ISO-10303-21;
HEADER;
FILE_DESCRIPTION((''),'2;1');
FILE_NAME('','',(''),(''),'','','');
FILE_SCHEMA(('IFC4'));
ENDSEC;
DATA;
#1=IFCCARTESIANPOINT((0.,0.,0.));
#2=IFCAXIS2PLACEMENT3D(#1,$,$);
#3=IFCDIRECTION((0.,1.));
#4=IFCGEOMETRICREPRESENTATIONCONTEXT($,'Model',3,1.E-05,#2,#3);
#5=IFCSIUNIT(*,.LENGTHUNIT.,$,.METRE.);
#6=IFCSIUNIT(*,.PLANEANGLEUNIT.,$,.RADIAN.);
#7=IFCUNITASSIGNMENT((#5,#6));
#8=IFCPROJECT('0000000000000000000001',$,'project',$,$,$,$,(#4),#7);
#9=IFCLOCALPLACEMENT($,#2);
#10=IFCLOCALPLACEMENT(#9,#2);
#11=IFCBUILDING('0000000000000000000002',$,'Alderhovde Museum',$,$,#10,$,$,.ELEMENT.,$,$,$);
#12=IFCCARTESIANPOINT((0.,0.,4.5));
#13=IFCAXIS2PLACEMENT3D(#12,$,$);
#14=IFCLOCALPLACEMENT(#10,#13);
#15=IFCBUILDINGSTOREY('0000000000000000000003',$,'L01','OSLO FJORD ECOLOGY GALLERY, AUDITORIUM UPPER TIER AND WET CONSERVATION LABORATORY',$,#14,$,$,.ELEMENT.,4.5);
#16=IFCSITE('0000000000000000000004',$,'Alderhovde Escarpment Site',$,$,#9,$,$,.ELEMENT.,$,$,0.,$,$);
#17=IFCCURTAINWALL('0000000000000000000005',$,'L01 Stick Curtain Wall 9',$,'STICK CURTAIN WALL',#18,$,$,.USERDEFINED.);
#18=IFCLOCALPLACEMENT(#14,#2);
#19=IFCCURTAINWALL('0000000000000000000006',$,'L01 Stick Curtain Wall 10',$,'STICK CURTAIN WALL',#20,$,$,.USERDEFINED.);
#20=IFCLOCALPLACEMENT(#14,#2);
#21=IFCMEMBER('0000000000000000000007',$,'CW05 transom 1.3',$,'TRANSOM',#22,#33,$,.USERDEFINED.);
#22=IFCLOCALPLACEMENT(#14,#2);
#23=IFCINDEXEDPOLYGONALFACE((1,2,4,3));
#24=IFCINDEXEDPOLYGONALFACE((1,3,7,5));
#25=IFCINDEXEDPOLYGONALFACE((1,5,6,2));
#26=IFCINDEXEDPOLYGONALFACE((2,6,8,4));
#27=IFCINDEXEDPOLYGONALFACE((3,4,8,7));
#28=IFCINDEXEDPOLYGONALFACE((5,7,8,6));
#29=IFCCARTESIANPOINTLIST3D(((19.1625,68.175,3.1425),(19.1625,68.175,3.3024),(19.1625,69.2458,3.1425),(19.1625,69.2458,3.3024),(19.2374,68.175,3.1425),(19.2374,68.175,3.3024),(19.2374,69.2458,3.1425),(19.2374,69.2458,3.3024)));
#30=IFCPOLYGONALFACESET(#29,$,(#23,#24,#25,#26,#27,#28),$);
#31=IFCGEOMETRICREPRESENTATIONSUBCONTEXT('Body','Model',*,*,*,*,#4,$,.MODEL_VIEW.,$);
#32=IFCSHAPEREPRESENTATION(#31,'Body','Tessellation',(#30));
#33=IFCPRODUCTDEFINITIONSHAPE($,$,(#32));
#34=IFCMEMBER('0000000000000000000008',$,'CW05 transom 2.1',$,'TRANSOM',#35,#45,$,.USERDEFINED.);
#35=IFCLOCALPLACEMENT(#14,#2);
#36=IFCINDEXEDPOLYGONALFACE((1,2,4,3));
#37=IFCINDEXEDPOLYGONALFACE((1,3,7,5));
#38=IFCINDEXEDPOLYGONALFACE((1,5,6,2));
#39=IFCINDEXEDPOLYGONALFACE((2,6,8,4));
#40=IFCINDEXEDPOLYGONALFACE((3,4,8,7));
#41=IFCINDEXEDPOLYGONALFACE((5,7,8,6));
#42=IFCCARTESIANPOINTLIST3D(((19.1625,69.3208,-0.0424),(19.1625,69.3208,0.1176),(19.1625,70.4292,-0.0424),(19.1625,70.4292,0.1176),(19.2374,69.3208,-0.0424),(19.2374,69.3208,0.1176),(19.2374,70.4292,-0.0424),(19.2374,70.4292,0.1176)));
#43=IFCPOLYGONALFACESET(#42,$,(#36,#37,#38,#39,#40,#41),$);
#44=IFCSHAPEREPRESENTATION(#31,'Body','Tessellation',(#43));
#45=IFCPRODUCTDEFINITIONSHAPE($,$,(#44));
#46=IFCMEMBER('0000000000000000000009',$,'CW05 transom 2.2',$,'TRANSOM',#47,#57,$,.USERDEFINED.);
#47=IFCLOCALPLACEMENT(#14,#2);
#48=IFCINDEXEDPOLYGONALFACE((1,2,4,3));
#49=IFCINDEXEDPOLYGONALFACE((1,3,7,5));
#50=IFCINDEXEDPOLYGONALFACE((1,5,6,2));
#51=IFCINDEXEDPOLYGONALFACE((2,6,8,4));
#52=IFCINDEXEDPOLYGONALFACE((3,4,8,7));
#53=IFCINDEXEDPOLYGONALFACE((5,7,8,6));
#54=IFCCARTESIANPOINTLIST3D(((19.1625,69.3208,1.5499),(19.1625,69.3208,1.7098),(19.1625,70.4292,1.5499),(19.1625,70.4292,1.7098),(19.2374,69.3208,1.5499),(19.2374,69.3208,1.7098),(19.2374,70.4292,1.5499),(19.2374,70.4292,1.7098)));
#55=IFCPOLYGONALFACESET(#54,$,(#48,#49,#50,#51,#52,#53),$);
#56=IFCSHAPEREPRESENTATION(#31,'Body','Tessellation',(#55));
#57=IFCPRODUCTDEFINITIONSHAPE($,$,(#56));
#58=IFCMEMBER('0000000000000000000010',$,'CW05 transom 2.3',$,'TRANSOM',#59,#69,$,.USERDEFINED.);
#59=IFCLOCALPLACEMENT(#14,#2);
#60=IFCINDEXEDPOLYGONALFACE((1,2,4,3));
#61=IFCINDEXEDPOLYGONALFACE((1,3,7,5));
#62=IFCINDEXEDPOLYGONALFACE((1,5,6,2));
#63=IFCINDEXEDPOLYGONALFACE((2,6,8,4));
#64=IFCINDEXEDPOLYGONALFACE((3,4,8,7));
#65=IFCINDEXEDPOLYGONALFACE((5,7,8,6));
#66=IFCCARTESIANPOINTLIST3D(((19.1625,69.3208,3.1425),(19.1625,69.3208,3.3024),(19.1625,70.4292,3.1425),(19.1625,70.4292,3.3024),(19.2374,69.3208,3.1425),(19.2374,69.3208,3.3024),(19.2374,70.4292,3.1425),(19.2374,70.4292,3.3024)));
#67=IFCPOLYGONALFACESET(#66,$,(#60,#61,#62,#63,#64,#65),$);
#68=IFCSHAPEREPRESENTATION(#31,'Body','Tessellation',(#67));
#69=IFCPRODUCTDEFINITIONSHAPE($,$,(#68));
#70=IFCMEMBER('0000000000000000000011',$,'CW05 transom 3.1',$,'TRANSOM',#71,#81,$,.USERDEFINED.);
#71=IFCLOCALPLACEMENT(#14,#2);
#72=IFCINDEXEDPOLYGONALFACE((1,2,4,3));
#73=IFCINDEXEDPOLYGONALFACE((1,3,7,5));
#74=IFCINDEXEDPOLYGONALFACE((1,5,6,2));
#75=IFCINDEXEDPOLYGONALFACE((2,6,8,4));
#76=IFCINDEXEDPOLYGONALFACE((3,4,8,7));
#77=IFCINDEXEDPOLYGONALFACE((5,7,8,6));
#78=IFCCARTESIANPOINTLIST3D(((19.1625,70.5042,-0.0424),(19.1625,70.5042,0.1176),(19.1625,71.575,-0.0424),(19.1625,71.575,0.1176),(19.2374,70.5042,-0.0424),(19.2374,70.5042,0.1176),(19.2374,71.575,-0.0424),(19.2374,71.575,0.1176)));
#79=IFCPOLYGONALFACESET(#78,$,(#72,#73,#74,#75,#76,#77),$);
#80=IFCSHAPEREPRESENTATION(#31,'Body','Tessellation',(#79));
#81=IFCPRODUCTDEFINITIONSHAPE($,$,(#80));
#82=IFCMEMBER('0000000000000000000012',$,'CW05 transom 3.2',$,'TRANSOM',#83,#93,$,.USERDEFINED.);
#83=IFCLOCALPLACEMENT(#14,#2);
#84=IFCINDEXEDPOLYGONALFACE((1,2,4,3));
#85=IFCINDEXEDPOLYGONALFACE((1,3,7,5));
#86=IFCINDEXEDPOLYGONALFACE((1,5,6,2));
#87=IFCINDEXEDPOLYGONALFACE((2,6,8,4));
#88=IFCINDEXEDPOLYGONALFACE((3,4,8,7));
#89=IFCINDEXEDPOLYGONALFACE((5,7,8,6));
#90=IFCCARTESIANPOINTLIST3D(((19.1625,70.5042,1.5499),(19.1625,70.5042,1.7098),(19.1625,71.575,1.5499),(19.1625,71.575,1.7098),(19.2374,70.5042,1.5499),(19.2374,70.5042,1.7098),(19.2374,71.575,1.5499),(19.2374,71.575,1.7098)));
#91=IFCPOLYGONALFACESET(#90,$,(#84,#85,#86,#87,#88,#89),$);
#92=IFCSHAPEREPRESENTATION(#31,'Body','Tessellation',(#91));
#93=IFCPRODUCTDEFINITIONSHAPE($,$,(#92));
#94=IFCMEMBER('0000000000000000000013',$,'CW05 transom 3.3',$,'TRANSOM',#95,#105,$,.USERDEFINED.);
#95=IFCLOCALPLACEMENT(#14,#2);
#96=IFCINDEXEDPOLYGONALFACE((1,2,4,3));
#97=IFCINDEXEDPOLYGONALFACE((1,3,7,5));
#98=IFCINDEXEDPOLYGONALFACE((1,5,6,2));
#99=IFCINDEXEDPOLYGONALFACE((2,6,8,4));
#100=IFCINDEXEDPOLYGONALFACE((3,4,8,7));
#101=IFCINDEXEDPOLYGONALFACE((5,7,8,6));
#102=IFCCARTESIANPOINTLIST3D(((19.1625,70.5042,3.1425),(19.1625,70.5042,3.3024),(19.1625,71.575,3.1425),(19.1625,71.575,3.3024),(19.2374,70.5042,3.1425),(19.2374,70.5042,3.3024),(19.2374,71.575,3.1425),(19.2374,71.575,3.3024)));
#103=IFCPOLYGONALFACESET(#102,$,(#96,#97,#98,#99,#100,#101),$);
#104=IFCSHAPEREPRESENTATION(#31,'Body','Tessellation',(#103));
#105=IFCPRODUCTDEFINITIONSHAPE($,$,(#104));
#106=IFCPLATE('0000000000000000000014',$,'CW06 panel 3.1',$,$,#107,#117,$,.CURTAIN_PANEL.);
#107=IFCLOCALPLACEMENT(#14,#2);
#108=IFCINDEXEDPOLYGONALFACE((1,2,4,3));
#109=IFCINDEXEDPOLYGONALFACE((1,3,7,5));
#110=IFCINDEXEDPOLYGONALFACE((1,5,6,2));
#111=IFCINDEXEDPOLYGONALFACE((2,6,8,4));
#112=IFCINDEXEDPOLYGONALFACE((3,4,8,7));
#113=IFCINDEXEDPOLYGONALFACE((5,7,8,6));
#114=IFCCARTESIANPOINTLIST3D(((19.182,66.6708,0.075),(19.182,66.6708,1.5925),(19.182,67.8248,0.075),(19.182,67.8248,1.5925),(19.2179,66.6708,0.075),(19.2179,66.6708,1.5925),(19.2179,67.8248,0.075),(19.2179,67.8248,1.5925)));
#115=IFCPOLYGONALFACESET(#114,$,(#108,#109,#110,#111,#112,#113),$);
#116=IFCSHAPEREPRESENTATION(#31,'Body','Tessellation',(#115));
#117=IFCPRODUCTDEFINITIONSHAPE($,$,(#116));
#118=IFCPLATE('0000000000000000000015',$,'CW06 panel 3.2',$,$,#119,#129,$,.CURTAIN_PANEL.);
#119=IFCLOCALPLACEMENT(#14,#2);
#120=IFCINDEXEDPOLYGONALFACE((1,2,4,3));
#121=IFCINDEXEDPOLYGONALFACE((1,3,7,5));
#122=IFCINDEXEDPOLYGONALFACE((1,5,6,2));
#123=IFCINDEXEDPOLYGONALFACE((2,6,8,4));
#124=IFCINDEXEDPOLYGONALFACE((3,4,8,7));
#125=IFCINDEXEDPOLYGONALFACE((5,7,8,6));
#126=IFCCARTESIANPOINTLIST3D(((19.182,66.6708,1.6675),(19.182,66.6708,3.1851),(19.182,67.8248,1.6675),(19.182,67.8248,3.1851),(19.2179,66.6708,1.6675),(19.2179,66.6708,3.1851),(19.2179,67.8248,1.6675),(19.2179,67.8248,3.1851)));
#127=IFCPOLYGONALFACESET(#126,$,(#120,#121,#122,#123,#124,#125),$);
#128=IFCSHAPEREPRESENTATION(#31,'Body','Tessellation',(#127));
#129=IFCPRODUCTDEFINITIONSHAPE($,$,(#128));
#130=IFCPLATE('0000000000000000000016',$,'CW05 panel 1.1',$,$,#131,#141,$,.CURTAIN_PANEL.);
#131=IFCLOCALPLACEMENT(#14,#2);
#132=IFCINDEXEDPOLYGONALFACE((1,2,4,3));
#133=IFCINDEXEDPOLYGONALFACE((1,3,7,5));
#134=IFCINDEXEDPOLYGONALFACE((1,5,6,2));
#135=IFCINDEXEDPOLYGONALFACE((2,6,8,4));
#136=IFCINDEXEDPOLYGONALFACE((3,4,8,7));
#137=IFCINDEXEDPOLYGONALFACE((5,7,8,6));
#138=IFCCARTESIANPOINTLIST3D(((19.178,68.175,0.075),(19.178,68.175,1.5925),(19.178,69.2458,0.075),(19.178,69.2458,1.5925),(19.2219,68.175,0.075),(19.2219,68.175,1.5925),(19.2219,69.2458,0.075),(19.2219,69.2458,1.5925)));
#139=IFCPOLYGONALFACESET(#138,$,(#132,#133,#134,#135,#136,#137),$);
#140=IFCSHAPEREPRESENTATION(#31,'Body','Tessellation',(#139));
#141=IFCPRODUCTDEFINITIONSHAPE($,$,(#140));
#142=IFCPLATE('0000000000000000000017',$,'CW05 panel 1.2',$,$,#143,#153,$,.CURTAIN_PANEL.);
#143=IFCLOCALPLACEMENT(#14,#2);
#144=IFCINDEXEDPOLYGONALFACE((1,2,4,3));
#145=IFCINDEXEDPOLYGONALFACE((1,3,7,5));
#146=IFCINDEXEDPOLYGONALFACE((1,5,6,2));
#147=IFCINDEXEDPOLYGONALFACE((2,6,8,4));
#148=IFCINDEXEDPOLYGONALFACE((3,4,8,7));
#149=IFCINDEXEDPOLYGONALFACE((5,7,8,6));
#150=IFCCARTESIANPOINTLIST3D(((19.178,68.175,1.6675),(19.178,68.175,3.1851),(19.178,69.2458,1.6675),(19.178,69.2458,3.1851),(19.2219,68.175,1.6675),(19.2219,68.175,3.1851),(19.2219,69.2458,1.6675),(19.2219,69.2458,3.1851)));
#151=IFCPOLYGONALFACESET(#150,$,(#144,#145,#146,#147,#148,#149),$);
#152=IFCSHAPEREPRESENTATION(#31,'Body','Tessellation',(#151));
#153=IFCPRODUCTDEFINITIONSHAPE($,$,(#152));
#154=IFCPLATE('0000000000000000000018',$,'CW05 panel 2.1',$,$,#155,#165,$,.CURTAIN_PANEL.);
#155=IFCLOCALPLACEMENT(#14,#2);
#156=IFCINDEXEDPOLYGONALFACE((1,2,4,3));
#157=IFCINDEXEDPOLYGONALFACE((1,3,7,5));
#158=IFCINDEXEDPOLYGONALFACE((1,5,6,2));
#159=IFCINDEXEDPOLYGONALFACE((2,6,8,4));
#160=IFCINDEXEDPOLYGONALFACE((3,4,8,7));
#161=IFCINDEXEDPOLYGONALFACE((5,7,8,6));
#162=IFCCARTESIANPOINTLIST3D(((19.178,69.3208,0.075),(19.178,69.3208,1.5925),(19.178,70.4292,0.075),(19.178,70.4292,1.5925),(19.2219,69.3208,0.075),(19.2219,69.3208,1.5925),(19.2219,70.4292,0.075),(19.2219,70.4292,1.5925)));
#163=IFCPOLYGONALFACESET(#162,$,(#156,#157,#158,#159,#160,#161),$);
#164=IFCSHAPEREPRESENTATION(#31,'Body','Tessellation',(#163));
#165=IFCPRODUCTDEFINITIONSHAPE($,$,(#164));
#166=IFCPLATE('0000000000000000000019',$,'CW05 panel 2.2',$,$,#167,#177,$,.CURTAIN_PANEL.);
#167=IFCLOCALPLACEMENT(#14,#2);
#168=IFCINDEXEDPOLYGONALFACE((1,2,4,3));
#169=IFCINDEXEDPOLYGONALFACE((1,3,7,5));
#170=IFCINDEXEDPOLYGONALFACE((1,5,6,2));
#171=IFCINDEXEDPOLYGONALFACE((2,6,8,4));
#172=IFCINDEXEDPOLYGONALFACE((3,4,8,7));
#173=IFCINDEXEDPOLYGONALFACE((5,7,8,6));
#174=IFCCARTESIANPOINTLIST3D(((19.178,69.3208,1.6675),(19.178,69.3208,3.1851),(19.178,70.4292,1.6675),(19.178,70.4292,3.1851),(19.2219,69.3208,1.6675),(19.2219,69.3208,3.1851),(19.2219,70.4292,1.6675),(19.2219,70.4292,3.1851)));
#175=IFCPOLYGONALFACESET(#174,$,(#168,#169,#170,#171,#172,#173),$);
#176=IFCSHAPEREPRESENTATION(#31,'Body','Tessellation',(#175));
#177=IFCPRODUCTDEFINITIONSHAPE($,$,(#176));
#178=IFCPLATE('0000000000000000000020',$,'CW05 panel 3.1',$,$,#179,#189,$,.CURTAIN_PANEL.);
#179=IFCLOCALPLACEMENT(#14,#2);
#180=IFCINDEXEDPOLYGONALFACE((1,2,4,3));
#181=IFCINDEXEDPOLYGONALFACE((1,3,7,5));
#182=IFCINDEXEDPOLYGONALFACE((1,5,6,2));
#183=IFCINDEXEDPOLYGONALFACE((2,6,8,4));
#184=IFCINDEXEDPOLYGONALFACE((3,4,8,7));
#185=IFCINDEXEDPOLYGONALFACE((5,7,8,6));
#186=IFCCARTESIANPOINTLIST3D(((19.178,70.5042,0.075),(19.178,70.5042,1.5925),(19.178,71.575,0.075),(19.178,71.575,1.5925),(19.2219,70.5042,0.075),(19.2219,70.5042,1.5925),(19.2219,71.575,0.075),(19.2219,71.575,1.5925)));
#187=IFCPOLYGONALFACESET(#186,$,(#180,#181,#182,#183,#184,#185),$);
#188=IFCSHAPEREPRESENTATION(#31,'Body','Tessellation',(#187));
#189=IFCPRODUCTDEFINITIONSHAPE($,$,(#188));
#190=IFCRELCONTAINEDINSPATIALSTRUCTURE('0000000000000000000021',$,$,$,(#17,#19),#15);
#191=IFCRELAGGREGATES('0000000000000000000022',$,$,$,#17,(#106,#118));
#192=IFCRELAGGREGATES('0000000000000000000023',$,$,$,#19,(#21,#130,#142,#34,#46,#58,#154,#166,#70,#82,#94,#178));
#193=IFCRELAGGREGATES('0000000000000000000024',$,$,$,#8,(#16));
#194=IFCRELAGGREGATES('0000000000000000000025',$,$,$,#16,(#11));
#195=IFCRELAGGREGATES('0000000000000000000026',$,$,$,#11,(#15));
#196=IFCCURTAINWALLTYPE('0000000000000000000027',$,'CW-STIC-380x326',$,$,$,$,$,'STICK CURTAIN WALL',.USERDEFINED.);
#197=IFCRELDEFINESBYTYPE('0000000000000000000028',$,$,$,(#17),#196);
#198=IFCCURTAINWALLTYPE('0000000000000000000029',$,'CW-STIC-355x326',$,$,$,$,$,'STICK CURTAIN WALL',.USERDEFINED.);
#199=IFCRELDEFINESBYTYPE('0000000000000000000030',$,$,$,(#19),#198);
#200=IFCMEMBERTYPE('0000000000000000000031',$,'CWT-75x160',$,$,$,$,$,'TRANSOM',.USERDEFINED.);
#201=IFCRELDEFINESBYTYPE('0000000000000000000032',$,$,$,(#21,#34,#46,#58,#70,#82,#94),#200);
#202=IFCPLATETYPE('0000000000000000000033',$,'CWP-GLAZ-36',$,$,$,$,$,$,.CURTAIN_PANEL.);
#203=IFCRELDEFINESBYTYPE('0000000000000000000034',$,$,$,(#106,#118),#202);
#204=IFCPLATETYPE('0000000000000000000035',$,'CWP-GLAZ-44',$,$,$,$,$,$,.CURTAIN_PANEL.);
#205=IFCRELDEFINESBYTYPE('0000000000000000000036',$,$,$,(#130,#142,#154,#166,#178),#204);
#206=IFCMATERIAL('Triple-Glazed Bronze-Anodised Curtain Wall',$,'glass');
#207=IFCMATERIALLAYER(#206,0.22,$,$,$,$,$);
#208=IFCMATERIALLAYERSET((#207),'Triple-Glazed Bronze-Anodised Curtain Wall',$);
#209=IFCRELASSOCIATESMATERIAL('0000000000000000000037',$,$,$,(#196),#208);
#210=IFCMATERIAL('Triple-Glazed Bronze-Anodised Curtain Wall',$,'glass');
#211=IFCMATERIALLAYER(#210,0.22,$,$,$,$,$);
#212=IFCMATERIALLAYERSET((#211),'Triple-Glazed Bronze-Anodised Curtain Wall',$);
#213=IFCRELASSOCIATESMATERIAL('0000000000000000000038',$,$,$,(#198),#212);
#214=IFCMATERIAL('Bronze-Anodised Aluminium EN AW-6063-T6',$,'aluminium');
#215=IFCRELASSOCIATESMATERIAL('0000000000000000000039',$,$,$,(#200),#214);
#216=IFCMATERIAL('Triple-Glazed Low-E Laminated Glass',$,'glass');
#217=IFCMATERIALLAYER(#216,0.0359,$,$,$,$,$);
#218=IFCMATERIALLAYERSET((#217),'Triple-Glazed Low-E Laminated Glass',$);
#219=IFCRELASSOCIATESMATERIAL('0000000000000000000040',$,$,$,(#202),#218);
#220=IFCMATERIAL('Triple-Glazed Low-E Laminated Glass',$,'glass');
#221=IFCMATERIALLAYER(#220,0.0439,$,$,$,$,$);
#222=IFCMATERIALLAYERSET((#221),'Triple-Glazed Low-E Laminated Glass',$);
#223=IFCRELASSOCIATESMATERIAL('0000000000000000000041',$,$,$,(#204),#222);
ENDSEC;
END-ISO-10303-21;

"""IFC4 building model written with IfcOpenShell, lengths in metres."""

from ifc_helpers import new_model, si_unit, direction, frame, origin, origin_2d, place, context, subcontext, project, spatial, rectangle, extrude, material, layer, layer_set, material_profile, profile_set, type_object, element, aggregate, save


model = new_model("IFC4")

# Units and contexts
model_context = context("Model", 3, precision=1e-05, world=origin(), true_north=direction((0.0, 1.0)))
body_context = subcontext(model_context, "Body", "Model", "MODEL_VIEW")
ifc_project = project(units=[si_unit("LENGTHUNIT", "METRE"), si_unit("PLANEANGLEUNIT", "RADIAN")], contexts=[model_context])

# Site, building, storey
site_placement = place(None, origin())
site = spatial("IfcSite", under=ifc_project, at=site_placement, Name="Alderhovde Escarpment Site", CompositionType="ELEMENT", RefElevation=0.0)
building_placement = place(site_placement, origin())
building = spatial("IfcBuilding", under=site, at=building_placement, Name="Alderhovde Museum", CompositionType="ELEMENT")
storey_placement = place(building_placement, frame((0.0, 0.0, 4.5)))
storey = spatial("IfcBuildingStorey", under=building, at=storey_placement, Name="L01", Description="OSLO FJORD ECOLOGY GALLERY, AUDITORIUM UPPER TIER AND WET CONSERVATION LABORATORY", CompositionType="ELEMENT", Elevation=4.5)

# Curtain wall
ifc_material_1 = material(Name="Triple-Glazed Bronze-Anodised Curtain Wall", Category="glass")
ifc_layer_1 = layer(ifc_material_1, 0.22)
ifc_layer_set_1 = layer_set([ifc_layer_1], Name="Triple-Glazed Bronze-Anodised Curtain Wall")
curtain_wall_type_1 = type_object("IfcCurtainWallType", Name="CW-STIC-380x326", ElementType="STICK CURTAIN WALL", PredefinedType="USERDEFINED", material=ifc_layer_set_1)
curtain_wall_1_placement = place(storey_placement, origin())
curtain_wall_1 = element("IfcCurtainWall", 1, at=curtain_wall_1_placement, inside=storey, type_object=curtain_wall_type_1, Name="L01 Stick Curtain Wall 9", ObjectType="STICK CURTAIN WALL", PredefinedType="USERDEFINED")

# Curtain wall, members
ifc_material_2 = material(Name="Triple-Glazed Bronze-Anodised Curtain Wall", Category="glass")
ifc_layer_2 = layer(ifc_material_2, 0.22)
ifc_layer_set_2 = layer_set([ifc_layer_2], Name="Triple-Glazed Bronze-Anodised Curtain Wall")
curtain_wall_type_2 = type_object("IfcCurtainWallType", Name="CW-STIC-355x326", ElementType="STICK CURTAIN WALL", PredefinedType="USERDEFINED", material=ifc_layer_set_2)
curtain_wall_2_placement = place(storey_placement, origin())
curtain_wall_2 = element("IfcCurtainWall", 2, at=curtain_wall_2_placement, inside=storey, type_object=curtain_wall_type_2, Name="L01 Stick Curtain Wall 10", ObjectType="STICK CURTAIN WALL", PredefinedType="USERDEFINED")
ifc_material_3 = material(Name="Bronze-Anodised Aluminium EN AW-6063-T6", Category="aluminium")
ifc_material_profile_1 = material_profile(ifc_material_3, rectangle(XDim=0.075, YDim=0.1599, at=origin_2d()), Name="TRANSOM 75x160")
ifc_profile_set_1 = profile_set([ifc_material_profile_1], Name="Bronze-Anodised Aluminium EN AW-6063-T6")
member_type_1 = type_object("IfcMemberType", Name="CWT-75x160", ElementType="TRANSOM", PredefinedType="USERDEFINED", material=ifc_profile_set_1)
member_1_placement = place(storey_placement, frame((19.2, 68.175, 3.2224), z_axis=(0.0, 1.0, 0.0), x_axis=(-1.0, 0.0, 0.0)))
member_1 = element("IfcMember", 3, at=member_1_placement, type_object=member_type_1, Name="CW05 transom 1.3", ObjectType="TRANSOM", PredefinedType="USERDEFINED", context=body_context, shape_type="SweptSolid", body=[
    extrude(rectangle(XDim=0.075, YDim=0.1599, at=origin_2d()), origin(), (0.0, 0.0, 1.0), 1.0708),
])
member_2_placement = place(storey_placement, frame((19.2, 69.3208, 0.0376), z_axis=(0.0, 1.0, 0.0), x_axis=(-1.0, 0.0, 0.0)))
member_2 = element("IfcMember", 4, at=member_2_placement, type_object=member_type_1, Name="CW05 transom 2.1", ObjectType="TRANSOM", PredefinedType="USERDEFINED", context=body_context, shape_type="SweptSolid", body=[
    extrude(rectangle(XDim=0.075, YDim=0.1599, at=origin_2d()), origin(), (0.0, 0.0, 1.0), 1.1084),
])
member_3_placement = place(storey_placement, frame((19.2, 69.3208, 1.6299), z_axis=(0.0, 1.0, 0.0), x_axis=(-1.0, 0.0, 0.0)))
member_3 = element("IfcMember", 5, at=member_3_placement, type_object=member_type_1, Name="CW05 transom 2.2", ObjectType="TRANSOM", PredefinedType="USERDEFINED", context=body_context, shape_type="SweptSolid", body=[
    extrude(rectangle(XDim=0.075, YDim=0.1599, at=origin_2d()), origin(), (0.0, 0.0, 1.0), 1.1084),
])
member_4_placement = place(storey_placement, frame((19.2, 69.3208, 3.2224), z_axis=(0.0, 1.0, 0.0), x_axis=(-1.0, 0.0, 0.0)))
member_4 = element("IfcMember", 6, at=member_4_placement, type_object=member_type_1, Name="CW05 transom 2.3", ObjectType="TRANSOM", PredefinedType="USERDEFINED", context=body_context, shape_type="SweptSolid", body=[
    extrude(rectangle(XDim=0.075, YDim=0.1599, at=origin_2d()), origin(), (0.0, 0.0, 1.0), 1.1084),
])
member_5_placement = place(storey_placement, frame((19.2, 70.5042, 0.0376), z_axis=(0.0, 1.0, 0.0), x_axis=(-1.0, 0.0, 0.0)))
member_5 = element("IfcMember", 7, at=member_5_placement, type_object=member_type_1, Name="CW05 transom 3.1", ObjectType="TRANSOM", PredefinedType="USERDEFINED", context=body_context, shape_type="SweptSolid", body=[
    extrude(rectangle(XDim=0.075, YDim=0.1599, at=origin_2d()), origin(), (0.0, 0.0, 1.0), 1.0708),
])
member_6_placement = place(storey_placement, frame((19.2, 70.5042, 1.6299), z_axis=(0.0, 1.0, 0.0), x_axis=(-1.0, 0.0, 0.0)))
member_6 = element("IfcMember", 8, at=member_6_placement, type_object=member_type_1, Name="CW05 transom 3.2", ObjectType="TRANSOM", PredefinedType="USERDEFINED", context=body_context, shape_type="SweptSolid", body=[
    extrude(rectangle(XDim=0.075, YDim=0.1599, at=origin_2d()), origin(), (0.0, 0.0, 1.0), 1.0708),
])
member_7_placement = place(storey_placement, frame((19.2, 70.5042, 3.2224), z_axis=(0.0, 1.0, 0.0), x_axis=(-1.0, 0.0, 0.0)))
member_7 = element("IfcMember", 9, at=member_7_placement, type_object=member_type_1, Name="CW05 transom 3.3", ObjectType="TRANSOM", PredefinedType="USERDEFINED", context=body_context, shape_type="SweptSolid", body=[
    extrude(rectangle(XDim=0.075, YDim=0.1599, at=origin_2d()), origin(), (0.0, 0.0, 1.0), 1.0708),
])

# Plates
ifc_material_4 = material(Name="Triple-Glazed Low-E Laminated Glass", Category="glass")
ifc_layer_3 = layer(ifc_material_4, 0.0359)
ifc_layer_set_3 = layer_set([ifc_layer_3], Name="Triple-Glazed Low-E Laminated Glass")
plate_type_1 = type_object("IfcPlateType", Name="CWP-GLAZ-36", PredefinedType="CURTAIN_PANEL", material=ifc_layer_set_3)
plate_1_placement = place(storey_placement, frame((19.2, 67.2478, 0.075), z_axis=(0.0, 0.0, 1.0), x_axis=(0.0, 1.0, 0.0)))
plate_1 = element("IfcPlate", 10, at=plate_1_placement, type_object=plate_type_1, Name="CW06 panel 3.1", PredefinedType="CURTAIN_PANEL", context=body_context, shape_type="SweptSolid", body=[
    extrude(rectangle(XDim=1.1541, YDim=0.0359, at=origin_2d()), origin(), (0.0, 0.0, 1.0), 1.5176),
])
plate_2_placement = place(storey_placement, frame((19.2, 67.2478, 1.6675), z_axis=(0.0, 0.0, 1.0), x_axis=(0.0, 1.0, 0.0)))
plate_2 = element("IfcPlate", 11, at=plate_2_placement, type_object=plate_type_1, Name="CW06 panel 3.2", PredefinedType="CURTAIN_PANEL", context=body_context, shape_type="SweptSolid", body=[
    extrude(rectangle(XDim=1.1541, YDim=0.0359, at=origin_2d()), origin(), (0.0, 0.0, 1.0), 1.5176),
])
aggregate(curtain_wall_1, [plate_1, plate_2])
ifc_material_5 = material(Name="Triple-Glazed Low-E Laminated Glass", Category="glass")
ifc_layer_4 = layer(ifc_material_5, 0.0439)
ifc_layer_set_4 = layer_set([ifc_layer_4], Name="Triple-Glazed Low-E Laminated Glass")
plate_type_2 = type_object("IfcPlateType", Name="CWP-GLAZ-44", PredefinedType="CURTAIN_PANEL", material=ifc_layer_set_4)
plate_3_placement = place(storey_placement, frame((19.2, 68.7104, 0.075), z_axis=(0.0, 0.0, 1.0), x_axis=(0.0, 1.0, 0.0)))
plate_3 = element("IfcPlate", 12, at=plate_3_placement, type_object=plate_type_2, Name="CW05 panel 1.1", PredefinedType="CURTAIN_PANEL", context=body_context, shape_type="SweptSolid", body=[
    extrude(rectangle(XDim=1.0708, YDim=0.0439, at=origin_2d()), origin(), (0.0, 0.0, 1.0), 1.5176),
])
plate_4_placement = place(storey_placement, frame((19.2, 68.7104, 1.6675), z_axis=(0.0, 0.0, 1.0), x_axis=(0.0, 1.0, 0.0)))
plate_4 = element("IfcPlate", 13, at=plate_4_placement, type_object=plate_type_2, Name="CW05 panel 1.2", PredefinedType="CURTAIN_PANEL", context=body_context, shape_type="SweptSolid", body=[
    extrude(rectangle(XDim=1.0708, YDim=0.0439, at=origin_2d()), origin(), (0.0, 0.0, 1.0), 1.5176),
])
plate_5_placement = place(storey_placement, frame((19.2, 69.875, 0.075), z_axis=(0.0, 0.0, 1.0), x_axis=(0.0, 1.0, 0.0)))
plate_5 = element("IfcPlate", 14, at=plate_5_placement, type_object=plate_type_2, Name="CW05 panel 2.1", PredefinedType="CURTAIN_PANEL", context=body_context, shape_type="SweptSolid", body=[
    extrude(rectangle(XDim=1.1084, YDim=0.0439, at=origin_2d()), origin(), (0.0, 0.0, 1.0), 1.5176),
])
plate_6_placement = place(storey_placement, frame((19.2, 69.875, 1.6675), z_axis=(0.0, 0.0, 1.0), x_axis=(0.0, 1.0, 0.0)))
plate_6 = element("IfcPlate", 15, at=plate_6_placement, type_object=plate_type_2, Name="CW05 panel 2.2", PredefinedType="CURTAIN_PANEL", context=body_context, shape_type="SweptSolid", body=[
    extrude(rectangle(XDim=1.1084, YDim=0.0439, at=origin_2d()), origin(), (0.0, 0.0, 1.0), 1.5176),
])
plate_7_placement = place(storey_placement, frame((19.2, 71.0396, 0.075), z_axis=(0.0, 0.0, 1.0), x_axis=(0.0, 1.0, 0.0)))
plate_7 = element("IfcPlate", 16, at=plate_7_placement, type_object=plate_type_2, Name="CW05 panel 3.1", PredefinedType="CURTAIN_PANEL", context=body_context, shape_type="SweptSolid", body=[
    extrude(rectangle(XDim=1.0708, YDim=0.0439, at=origin_2d()), origin(), (0.0, 0.0, 1.0), 1.5176),
])
aggregate(curtain_wall_2, [member_1, plate_3, plate_4, member_2, member_3, member_4, plate_5, plate_6, member_5, member_6, member_7, plate_7])

save(model, "model.ifc")
